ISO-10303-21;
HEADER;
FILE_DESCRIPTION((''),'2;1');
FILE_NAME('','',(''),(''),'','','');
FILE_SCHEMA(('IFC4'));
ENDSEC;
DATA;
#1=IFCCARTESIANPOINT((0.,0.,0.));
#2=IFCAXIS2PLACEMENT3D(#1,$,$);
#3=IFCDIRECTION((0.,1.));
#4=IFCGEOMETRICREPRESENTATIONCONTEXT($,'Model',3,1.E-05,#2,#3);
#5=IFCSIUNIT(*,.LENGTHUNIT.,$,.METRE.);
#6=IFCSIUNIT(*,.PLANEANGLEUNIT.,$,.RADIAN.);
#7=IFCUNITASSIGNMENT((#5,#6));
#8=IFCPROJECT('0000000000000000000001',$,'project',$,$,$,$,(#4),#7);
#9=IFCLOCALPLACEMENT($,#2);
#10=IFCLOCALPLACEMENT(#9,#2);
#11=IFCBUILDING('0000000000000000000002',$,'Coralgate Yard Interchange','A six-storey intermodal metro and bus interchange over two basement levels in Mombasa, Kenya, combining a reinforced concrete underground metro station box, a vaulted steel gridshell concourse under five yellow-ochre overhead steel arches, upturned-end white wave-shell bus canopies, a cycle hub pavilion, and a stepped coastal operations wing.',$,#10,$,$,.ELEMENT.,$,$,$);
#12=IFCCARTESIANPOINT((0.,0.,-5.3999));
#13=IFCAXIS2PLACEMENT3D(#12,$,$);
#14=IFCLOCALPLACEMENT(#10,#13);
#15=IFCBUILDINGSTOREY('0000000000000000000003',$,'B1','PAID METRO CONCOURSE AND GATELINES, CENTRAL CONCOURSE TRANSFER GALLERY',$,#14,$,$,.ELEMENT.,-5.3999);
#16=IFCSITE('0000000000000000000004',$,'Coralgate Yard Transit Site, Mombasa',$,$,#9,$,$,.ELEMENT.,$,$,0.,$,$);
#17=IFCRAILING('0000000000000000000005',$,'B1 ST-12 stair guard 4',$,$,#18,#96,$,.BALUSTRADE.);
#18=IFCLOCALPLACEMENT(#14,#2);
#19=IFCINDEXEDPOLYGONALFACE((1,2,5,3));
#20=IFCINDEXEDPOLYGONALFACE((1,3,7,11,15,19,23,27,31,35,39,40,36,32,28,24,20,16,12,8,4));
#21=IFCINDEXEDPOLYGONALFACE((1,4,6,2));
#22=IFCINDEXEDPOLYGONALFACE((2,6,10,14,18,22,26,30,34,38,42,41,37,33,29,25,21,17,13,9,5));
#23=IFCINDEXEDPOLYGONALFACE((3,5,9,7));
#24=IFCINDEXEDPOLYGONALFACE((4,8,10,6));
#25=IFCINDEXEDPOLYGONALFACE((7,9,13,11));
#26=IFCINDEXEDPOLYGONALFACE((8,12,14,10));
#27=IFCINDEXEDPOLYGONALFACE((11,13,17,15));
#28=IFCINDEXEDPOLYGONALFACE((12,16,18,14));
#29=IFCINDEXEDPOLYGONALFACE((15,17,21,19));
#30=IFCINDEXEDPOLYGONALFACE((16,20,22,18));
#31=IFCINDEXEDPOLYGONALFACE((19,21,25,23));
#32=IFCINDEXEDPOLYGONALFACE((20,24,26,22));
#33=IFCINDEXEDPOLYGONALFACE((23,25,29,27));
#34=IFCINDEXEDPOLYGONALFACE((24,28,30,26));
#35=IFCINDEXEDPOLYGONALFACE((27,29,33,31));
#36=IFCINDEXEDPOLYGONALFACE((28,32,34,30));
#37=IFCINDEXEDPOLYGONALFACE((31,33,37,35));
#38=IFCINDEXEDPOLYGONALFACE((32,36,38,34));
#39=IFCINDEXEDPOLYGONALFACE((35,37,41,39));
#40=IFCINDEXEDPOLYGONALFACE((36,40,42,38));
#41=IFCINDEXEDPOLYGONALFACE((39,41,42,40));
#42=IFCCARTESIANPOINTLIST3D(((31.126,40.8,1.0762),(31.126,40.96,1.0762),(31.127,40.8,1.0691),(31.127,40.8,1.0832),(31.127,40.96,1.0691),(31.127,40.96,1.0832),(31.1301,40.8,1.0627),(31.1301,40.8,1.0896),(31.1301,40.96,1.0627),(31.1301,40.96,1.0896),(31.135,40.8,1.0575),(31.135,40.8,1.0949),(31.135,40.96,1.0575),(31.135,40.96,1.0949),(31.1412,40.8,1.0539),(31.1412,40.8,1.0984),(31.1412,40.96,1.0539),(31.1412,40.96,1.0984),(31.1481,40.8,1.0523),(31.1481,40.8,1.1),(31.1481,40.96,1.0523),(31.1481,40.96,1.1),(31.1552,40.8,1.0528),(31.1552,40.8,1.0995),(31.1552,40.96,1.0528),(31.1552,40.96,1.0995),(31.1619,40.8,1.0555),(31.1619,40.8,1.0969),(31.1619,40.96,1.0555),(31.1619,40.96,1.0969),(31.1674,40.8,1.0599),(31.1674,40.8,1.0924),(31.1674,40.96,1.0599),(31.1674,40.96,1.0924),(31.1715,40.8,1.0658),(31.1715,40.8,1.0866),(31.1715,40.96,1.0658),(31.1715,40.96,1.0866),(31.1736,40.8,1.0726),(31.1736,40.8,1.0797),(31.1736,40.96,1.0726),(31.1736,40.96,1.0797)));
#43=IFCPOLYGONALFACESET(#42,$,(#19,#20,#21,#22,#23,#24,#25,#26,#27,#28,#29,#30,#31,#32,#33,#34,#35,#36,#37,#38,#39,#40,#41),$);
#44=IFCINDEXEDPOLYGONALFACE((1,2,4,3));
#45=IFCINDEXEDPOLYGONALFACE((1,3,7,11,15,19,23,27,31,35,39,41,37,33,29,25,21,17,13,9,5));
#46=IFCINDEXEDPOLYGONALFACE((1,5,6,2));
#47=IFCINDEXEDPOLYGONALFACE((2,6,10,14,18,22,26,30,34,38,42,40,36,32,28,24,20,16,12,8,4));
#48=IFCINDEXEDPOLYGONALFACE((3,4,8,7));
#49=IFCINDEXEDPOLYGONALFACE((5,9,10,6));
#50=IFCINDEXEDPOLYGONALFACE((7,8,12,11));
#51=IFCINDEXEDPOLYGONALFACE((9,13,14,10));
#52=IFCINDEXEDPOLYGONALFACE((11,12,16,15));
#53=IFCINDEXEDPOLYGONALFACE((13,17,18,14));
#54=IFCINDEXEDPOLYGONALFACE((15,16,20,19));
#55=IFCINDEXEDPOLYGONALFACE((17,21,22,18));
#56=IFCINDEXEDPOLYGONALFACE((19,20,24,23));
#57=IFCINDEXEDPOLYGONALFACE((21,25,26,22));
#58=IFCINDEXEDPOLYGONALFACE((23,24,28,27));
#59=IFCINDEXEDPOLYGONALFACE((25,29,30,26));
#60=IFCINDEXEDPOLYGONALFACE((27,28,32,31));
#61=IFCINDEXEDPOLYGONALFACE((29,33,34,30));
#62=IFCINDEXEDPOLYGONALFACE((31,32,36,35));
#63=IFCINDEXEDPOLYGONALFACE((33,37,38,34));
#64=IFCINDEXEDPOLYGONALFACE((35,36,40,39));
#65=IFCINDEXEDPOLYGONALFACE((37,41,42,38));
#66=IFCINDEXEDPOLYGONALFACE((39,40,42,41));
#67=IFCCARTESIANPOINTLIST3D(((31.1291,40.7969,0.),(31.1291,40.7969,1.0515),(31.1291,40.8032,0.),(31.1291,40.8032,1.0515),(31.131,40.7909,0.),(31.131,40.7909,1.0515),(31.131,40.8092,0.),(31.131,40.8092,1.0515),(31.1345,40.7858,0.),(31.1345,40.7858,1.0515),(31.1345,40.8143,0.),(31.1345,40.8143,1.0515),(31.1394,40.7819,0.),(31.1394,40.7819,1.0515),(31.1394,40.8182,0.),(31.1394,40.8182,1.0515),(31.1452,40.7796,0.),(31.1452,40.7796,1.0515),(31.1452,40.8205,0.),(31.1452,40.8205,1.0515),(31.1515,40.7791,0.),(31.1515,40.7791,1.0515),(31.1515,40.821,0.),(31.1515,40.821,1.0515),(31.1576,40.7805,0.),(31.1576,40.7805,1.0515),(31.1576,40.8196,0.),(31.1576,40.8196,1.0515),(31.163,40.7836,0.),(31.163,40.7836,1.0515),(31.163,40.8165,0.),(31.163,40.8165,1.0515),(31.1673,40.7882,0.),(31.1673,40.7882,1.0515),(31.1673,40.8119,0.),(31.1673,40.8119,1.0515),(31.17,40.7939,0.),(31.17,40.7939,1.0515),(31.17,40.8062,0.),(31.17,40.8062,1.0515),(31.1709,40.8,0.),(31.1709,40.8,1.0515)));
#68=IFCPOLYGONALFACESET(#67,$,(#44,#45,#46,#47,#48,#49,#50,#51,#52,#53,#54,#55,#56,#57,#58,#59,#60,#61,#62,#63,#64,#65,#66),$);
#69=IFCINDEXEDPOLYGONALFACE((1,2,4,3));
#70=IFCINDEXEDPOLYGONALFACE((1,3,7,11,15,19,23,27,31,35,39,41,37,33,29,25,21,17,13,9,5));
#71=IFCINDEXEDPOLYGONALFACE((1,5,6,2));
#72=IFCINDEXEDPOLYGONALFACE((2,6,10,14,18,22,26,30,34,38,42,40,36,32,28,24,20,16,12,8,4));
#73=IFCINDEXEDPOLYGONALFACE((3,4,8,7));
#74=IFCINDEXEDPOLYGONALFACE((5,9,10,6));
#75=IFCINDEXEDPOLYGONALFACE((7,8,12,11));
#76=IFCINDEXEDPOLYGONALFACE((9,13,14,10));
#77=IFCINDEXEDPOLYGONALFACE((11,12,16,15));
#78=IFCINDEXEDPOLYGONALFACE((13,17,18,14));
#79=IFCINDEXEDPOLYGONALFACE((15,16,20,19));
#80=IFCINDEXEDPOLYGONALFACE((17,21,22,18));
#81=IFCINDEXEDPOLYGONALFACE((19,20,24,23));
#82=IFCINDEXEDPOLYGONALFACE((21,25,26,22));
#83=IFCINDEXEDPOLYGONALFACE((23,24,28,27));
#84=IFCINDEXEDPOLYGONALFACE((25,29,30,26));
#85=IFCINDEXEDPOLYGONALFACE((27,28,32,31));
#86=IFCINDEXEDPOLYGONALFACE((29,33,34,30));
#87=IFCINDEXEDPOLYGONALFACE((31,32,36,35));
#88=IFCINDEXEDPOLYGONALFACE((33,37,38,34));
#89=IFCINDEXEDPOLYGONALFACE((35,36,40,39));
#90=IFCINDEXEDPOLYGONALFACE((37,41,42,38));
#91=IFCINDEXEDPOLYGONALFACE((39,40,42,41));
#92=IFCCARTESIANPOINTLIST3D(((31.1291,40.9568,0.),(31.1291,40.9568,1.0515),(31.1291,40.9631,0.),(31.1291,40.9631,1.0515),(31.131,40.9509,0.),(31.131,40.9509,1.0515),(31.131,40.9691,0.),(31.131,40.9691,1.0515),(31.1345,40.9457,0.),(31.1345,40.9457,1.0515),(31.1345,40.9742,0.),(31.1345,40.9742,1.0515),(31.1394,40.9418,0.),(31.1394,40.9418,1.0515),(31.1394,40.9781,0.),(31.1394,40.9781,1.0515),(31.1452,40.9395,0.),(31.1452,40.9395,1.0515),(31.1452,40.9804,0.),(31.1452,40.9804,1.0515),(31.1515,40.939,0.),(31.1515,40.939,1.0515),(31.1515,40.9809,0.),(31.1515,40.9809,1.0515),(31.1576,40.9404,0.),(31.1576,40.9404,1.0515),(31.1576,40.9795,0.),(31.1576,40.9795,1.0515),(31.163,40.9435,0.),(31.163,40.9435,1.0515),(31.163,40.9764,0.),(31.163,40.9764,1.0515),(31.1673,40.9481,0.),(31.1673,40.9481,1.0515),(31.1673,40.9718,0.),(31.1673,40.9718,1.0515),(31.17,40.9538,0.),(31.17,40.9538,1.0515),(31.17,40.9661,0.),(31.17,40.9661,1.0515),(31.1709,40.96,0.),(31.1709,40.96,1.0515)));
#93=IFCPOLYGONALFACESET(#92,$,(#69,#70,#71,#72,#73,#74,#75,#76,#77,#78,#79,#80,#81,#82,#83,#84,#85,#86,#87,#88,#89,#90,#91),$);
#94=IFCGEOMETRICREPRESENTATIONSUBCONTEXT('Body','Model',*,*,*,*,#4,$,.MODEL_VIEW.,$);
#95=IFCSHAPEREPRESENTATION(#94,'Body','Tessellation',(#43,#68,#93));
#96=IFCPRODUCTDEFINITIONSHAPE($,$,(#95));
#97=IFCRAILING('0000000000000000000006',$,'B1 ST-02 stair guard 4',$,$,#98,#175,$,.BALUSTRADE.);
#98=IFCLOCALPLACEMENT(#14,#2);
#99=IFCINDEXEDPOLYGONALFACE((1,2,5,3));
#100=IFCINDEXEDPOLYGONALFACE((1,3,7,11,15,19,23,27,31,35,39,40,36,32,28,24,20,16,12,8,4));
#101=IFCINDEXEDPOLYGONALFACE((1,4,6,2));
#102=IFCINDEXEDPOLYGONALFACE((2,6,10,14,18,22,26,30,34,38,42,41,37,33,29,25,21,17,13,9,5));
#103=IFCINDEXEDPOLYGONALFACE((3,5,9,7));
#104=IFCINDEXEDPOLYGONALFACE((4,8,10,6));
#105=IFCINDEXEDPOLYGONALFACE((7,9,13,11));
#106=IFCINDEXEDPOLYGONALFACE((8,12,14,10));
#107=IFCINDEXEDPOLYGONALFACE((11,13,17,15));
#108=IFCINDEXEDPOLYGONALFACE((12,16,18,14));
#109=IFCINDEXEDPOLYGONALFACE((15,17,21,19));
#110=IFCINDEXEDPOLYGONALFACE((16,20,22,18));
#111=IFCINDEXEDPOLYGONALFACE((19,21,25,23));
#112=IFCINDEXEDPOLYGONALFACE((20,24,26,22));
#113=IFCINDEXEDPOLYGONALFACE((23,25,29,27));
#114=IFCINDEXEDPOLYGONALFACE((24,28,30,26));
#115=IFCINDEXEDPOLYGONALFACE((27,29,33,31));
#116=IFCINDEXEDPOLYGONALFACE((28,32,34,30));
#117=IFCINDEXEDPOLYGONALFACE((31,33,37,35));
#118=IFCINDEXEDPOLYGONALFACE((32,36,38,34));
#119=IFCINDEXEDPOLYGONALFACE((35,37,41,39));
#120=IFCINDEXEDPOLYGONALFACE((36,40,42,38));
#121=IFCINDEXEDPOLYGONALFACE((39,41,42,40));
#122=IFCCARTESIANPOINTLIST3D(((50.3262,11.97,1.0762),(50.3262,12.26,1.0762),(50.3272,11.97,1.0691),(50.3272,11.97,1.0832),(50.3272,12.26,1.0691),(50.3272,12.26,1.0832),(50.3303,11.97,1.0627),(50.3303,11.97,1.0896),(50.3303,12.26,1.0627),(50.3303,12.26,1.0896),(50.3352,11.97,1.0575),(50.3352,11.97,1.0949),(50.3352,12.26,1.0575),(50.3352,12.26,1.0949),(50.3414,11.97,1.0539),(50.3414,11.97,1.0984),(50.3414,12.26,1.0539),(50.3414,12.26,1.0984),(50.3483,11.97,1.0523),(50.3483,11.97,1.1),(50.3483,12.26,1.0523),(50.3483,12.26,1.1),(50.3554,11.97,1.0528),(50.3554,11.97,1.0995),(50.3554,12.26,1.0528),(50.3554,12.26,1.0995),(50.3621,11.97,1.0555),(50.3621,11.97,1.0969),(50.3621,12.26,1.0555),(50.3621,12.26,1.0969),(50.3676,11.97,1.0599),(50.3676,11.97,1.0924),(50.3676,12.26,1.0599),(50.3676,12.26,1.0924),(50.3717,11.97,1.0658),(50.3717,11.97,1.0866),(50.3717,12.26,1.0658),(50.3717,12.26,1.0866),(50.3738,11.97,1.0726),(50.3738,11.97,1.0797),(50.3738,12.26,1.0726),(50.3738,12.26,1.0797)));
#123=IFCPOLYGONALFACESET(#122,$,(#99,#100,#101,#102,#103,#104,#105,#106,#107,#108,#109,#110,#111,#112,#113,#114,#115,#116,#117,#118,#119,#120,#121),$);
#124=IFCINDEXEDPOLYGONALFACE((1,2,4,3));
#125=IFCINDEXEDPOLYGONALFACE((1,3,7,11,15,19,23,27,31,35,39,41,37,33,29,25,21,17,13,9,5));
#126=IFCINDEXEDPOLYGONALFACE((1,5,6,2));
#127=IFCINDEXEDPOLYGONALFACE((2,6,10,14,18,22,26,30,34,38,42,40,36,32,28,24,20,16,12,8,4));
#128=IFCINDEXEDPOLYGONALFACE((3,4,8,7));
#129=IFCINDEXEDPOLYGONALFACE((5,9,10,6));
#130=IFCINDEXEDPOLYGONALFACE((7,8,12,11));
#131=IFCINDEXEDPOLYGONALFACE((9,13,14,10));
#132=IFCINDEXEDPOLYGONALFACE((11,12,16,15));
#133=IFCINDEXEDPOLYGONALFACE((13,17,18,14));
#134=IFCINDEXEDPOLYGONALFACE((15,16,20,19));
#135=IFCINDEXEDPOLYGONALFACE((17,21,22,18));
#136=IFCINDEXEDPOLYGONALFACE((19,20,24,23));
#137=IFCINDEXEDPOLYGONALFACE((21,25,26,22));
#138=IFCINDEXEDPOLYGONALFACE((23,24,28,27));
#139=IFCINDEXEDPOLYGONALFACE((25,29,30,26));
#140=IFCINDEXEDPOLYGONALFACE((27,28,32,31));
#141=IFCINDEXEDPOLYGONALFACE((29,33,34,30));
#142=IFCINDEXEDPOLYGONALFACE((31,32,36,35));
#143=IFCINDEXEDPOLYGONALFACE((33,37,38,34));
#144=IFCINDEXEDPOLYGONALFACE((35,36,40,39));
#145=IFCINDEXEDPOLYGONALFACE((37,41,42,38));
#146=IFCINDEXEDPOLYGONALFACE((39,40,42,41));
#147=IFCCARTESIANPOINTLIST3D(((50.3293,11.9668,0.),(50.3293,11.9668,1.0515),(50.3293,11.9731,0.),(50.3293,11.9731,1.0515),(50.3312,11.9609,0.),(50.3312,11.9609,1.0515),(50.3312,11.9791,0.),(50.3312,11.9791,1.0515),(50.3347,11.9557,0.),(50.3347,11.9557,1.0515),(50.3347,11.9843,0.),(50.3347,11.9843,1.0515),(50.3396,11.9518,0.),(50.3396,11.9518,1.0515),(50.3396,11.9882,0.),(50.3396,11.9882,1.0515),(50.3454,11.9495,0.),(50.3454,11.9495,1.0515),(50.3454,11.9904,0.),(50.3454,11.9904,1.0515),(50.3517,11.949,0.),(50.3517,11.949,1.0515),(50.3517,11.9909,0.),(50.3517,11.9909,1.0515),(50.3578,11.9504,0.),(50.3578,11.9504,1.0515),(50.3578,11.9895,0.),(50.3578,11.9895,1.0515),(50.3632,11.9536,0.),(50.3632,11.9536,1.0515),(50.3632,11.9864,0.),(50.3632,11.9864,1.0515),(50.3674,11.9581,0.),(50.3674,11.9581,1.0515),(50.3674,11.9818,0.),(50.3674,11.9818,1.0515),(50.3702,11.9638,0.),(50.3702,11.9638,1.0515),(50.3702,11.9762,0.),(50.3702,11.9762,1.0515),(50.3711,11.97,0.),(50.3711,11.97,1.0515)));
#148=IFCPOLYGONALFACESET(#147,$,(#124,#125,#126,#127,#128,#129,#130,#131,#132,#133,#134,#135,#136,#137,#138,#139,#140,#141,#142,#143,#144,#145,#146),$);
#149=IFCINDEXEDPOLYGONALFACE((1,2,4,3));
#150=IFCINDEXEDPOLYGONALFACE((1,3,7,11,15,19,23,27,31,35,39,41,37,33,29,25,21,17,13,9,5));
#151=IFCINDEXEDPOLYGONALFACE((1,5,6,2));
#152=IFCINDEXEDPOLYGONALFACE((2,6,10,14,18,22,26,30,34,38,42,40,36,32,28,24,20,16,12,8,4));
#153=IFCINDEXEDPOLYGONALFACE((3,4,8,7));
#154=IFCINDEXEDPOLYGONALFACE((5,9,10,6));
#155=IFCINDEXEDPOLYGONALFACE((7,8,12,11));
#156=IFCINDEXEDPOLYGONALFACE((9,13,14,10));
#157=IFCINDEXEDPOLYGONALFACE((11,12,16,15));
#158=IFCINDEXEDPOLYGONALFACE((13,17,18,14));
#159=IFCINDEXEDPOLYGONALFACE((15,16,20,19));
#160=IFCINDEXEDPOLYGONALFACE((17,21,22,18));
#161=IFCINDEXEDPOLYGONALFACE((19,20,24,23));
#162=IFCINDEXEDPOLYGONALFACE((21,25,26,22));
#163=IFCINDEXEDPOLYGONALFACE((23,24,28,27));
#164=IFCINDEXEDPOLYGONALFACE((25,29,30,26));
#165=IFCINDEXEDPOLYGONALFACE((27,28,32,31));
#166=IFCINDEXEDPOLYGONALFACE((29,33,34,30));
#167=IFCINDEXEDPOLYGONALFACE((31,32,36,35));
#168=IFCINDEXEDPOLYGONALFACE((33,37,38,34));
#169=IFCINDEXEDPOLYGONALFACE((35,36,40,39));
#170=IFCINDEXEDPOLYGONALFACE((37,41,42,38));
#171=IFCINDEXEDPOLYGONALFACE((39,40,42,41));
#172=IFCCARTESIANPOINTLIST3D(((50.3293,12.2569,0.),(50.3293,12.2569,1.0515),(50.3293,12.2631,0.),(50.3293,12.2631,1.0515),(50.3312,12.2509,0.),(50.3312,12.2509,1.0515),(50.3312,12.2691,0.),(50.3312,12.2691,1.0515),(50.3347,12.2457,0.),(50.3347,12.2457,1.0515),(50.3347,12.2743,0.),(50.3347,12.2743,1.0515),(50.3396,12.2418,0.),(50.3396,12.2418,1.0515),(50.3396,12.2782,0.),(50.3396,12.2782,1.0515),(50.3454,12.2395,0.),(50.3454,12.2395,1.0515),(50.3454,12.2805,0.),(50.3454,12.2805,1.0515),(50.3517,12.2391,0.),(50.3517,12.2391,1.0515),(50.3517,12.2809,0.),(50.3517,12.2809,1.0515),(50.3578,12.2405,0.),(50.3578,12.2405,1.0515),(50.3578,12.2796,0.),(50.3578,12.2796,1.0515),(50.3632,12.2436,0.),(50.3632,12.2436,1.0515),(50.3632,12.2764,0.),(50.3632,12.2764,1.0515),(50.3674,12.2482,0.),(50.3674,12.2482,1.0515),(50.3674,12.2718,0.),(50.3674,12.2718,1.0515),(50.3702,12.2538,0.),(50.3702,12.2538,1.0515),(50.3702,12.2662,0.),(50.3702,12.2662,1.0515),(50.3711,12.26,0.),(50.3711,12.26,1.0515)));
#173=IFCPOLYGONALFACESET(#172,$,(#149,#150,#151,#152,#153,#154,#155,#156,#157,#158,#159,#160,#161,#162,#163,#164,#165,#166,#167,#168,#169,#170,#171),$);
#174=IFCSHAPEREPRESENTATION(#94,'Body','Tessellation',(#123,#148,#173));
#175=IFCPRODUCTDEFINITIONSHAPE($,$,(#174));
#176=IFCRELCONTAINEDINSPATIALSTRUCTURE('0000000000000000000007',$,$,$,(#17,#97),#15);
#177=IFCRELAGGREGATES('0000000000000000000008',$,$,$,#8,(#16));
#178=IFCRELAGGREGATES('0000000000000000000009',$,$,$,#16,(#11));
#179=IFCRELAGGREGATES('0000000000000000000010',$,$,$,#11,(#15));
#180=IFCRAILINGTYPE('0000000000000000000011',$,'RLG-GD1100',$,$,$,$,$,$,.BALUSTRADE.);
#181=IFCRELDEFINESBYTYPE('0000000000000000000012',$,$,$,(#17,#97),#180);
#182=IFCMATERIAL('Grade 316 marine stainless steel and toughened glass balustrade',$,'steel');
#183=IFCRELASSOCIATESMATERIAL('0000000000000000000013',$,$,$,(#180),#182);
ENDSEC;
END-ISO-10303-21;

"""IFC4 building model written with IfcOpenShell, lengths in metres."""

from ifc_helpers import new_model, si_unit, direction, frame, origin, origin_2d, place, context, subcontext, project, spatial, circle, extrude, material, type_object, element, save


model = new_model("IFC4")

# Units and contexts
model_context = context("Model", 3, precision=1e-05, world=origin(), true_north=direction((0.0, 1.0)))
body_context = subcontext(model_context, "Body", "Model", "MODEL_VIEW")
ifc_project = project(units=[si_unit("LENGTHUNIT", "METRE"), si_unit("PLANEANGLEUNIT", "RADIAN")], contexts=[model_context])

# Site, building, storey
site_placement = place(None, origin())
site = spatial("IfcSite", under=ifc_project, at=site_placement, Name="Coralgate Yard Transit Site, Mombasa", CompositionType="ELEMENT", RefElevation=0.0)
building_placement = place(site_placement, origin())
building = spatial("IfcBuilding", under=site, at=building_placement, Name="Coralgate Yard Interchange", Description="A six-storey intermodal metro and bus interchange over two basement levels in Mombasa, Kenya, combining a reinforced concrete underground metro station box, a vaulted steel gridshell concourse under five yellow-ochre overhead steel arches, upturned-end white wave-shell bus canopies, a cycle hub pavilion, and a stepped coastal operations wing.", CompositionType="ELEMENT")
storey_placement = place(building_placement, frame((0.0, 0.0, -5.3999)))
storey = spatial("IfcBuildingStorey", under=building, at=storey_placement, Name="B1", Description="PAID METRO CONCOURSE AND GATELINES, CENTRAL CONCOURSE TRANSFER GALLERY", CompositionType="ELEMENT", Elevation=-5.3999)

# Railings
ifc_material_1 = material(Name="Grade 316 marine stainless steel and toughened glass balustrade", Category="steel")
railing_type_1 = type_object("IfcRailingType", Name="RLG-GD1100", PredefinedType="BALUSTRADE", material=ifc_material_1)
railing_1_placement = place(storey_placement, frame((31.1499, 40.8, 0.0)))
element("IfcRailing", 1, at=railing_1_placement, inside=storey, type_object=railing_type_1, Name="B1 ST-12 stair guard 4", PredefinedType="BALUSTRADE", context=body_context, shape_type="SweptSolid", body=[
    extrude(circle(Radius=0.0239, at=origin_2d()), frame((0.0, 0.0, 1.0762), z_axis=(0.0, 1.0, 0.0), x_axis=(-1.0, 0.0, 0.0)), (0.0, 0.0, 1.0), 0.1599),
    extrude(circle(Radius=0.021, at=origin_2d()), origin(), (0.0, 0.0, 1.0), 1.0515),
    extrude(circle(Radius=0.021, at=origin_2d()), frame((0.0, 0.1599, 0.0)), (0.0, 0.0, 1.0), 1.0515),
])
railing_2_placement = place(storey_placement, frame((50.3501, 11.97, 0.0)))
element("IfcRailing", 2, at=railing_2_placement, inside=storey, type_object=railing_type_1, Name="B1 ST-02 stair guard 4", PredefinedType="BALUSTRADE", context=body_context, shape_type="SweptSolid", body=[
    extrude(circle(Radius=0.0239, at=origin_2d()), frame((0.0, 0.0, 1.0762), z_axis=(0.0, 1.0, 0.0), x_axis=(-1.0, 0.0, 0.0)), (0.0, 0.0, 1.0), 0.29),
    extrude(circle(Radius=0.021, at=origin_2d()), origin(), (0.0, 0.0, 1.0), 1.0515),
    extrude(circle(Radius=0.021, at=origin_2d()), frame((0.0, 0.29, 0.0)), (0.0, 0.0, 1.0), 1.0515),
])

save(model, "model.ifc")
